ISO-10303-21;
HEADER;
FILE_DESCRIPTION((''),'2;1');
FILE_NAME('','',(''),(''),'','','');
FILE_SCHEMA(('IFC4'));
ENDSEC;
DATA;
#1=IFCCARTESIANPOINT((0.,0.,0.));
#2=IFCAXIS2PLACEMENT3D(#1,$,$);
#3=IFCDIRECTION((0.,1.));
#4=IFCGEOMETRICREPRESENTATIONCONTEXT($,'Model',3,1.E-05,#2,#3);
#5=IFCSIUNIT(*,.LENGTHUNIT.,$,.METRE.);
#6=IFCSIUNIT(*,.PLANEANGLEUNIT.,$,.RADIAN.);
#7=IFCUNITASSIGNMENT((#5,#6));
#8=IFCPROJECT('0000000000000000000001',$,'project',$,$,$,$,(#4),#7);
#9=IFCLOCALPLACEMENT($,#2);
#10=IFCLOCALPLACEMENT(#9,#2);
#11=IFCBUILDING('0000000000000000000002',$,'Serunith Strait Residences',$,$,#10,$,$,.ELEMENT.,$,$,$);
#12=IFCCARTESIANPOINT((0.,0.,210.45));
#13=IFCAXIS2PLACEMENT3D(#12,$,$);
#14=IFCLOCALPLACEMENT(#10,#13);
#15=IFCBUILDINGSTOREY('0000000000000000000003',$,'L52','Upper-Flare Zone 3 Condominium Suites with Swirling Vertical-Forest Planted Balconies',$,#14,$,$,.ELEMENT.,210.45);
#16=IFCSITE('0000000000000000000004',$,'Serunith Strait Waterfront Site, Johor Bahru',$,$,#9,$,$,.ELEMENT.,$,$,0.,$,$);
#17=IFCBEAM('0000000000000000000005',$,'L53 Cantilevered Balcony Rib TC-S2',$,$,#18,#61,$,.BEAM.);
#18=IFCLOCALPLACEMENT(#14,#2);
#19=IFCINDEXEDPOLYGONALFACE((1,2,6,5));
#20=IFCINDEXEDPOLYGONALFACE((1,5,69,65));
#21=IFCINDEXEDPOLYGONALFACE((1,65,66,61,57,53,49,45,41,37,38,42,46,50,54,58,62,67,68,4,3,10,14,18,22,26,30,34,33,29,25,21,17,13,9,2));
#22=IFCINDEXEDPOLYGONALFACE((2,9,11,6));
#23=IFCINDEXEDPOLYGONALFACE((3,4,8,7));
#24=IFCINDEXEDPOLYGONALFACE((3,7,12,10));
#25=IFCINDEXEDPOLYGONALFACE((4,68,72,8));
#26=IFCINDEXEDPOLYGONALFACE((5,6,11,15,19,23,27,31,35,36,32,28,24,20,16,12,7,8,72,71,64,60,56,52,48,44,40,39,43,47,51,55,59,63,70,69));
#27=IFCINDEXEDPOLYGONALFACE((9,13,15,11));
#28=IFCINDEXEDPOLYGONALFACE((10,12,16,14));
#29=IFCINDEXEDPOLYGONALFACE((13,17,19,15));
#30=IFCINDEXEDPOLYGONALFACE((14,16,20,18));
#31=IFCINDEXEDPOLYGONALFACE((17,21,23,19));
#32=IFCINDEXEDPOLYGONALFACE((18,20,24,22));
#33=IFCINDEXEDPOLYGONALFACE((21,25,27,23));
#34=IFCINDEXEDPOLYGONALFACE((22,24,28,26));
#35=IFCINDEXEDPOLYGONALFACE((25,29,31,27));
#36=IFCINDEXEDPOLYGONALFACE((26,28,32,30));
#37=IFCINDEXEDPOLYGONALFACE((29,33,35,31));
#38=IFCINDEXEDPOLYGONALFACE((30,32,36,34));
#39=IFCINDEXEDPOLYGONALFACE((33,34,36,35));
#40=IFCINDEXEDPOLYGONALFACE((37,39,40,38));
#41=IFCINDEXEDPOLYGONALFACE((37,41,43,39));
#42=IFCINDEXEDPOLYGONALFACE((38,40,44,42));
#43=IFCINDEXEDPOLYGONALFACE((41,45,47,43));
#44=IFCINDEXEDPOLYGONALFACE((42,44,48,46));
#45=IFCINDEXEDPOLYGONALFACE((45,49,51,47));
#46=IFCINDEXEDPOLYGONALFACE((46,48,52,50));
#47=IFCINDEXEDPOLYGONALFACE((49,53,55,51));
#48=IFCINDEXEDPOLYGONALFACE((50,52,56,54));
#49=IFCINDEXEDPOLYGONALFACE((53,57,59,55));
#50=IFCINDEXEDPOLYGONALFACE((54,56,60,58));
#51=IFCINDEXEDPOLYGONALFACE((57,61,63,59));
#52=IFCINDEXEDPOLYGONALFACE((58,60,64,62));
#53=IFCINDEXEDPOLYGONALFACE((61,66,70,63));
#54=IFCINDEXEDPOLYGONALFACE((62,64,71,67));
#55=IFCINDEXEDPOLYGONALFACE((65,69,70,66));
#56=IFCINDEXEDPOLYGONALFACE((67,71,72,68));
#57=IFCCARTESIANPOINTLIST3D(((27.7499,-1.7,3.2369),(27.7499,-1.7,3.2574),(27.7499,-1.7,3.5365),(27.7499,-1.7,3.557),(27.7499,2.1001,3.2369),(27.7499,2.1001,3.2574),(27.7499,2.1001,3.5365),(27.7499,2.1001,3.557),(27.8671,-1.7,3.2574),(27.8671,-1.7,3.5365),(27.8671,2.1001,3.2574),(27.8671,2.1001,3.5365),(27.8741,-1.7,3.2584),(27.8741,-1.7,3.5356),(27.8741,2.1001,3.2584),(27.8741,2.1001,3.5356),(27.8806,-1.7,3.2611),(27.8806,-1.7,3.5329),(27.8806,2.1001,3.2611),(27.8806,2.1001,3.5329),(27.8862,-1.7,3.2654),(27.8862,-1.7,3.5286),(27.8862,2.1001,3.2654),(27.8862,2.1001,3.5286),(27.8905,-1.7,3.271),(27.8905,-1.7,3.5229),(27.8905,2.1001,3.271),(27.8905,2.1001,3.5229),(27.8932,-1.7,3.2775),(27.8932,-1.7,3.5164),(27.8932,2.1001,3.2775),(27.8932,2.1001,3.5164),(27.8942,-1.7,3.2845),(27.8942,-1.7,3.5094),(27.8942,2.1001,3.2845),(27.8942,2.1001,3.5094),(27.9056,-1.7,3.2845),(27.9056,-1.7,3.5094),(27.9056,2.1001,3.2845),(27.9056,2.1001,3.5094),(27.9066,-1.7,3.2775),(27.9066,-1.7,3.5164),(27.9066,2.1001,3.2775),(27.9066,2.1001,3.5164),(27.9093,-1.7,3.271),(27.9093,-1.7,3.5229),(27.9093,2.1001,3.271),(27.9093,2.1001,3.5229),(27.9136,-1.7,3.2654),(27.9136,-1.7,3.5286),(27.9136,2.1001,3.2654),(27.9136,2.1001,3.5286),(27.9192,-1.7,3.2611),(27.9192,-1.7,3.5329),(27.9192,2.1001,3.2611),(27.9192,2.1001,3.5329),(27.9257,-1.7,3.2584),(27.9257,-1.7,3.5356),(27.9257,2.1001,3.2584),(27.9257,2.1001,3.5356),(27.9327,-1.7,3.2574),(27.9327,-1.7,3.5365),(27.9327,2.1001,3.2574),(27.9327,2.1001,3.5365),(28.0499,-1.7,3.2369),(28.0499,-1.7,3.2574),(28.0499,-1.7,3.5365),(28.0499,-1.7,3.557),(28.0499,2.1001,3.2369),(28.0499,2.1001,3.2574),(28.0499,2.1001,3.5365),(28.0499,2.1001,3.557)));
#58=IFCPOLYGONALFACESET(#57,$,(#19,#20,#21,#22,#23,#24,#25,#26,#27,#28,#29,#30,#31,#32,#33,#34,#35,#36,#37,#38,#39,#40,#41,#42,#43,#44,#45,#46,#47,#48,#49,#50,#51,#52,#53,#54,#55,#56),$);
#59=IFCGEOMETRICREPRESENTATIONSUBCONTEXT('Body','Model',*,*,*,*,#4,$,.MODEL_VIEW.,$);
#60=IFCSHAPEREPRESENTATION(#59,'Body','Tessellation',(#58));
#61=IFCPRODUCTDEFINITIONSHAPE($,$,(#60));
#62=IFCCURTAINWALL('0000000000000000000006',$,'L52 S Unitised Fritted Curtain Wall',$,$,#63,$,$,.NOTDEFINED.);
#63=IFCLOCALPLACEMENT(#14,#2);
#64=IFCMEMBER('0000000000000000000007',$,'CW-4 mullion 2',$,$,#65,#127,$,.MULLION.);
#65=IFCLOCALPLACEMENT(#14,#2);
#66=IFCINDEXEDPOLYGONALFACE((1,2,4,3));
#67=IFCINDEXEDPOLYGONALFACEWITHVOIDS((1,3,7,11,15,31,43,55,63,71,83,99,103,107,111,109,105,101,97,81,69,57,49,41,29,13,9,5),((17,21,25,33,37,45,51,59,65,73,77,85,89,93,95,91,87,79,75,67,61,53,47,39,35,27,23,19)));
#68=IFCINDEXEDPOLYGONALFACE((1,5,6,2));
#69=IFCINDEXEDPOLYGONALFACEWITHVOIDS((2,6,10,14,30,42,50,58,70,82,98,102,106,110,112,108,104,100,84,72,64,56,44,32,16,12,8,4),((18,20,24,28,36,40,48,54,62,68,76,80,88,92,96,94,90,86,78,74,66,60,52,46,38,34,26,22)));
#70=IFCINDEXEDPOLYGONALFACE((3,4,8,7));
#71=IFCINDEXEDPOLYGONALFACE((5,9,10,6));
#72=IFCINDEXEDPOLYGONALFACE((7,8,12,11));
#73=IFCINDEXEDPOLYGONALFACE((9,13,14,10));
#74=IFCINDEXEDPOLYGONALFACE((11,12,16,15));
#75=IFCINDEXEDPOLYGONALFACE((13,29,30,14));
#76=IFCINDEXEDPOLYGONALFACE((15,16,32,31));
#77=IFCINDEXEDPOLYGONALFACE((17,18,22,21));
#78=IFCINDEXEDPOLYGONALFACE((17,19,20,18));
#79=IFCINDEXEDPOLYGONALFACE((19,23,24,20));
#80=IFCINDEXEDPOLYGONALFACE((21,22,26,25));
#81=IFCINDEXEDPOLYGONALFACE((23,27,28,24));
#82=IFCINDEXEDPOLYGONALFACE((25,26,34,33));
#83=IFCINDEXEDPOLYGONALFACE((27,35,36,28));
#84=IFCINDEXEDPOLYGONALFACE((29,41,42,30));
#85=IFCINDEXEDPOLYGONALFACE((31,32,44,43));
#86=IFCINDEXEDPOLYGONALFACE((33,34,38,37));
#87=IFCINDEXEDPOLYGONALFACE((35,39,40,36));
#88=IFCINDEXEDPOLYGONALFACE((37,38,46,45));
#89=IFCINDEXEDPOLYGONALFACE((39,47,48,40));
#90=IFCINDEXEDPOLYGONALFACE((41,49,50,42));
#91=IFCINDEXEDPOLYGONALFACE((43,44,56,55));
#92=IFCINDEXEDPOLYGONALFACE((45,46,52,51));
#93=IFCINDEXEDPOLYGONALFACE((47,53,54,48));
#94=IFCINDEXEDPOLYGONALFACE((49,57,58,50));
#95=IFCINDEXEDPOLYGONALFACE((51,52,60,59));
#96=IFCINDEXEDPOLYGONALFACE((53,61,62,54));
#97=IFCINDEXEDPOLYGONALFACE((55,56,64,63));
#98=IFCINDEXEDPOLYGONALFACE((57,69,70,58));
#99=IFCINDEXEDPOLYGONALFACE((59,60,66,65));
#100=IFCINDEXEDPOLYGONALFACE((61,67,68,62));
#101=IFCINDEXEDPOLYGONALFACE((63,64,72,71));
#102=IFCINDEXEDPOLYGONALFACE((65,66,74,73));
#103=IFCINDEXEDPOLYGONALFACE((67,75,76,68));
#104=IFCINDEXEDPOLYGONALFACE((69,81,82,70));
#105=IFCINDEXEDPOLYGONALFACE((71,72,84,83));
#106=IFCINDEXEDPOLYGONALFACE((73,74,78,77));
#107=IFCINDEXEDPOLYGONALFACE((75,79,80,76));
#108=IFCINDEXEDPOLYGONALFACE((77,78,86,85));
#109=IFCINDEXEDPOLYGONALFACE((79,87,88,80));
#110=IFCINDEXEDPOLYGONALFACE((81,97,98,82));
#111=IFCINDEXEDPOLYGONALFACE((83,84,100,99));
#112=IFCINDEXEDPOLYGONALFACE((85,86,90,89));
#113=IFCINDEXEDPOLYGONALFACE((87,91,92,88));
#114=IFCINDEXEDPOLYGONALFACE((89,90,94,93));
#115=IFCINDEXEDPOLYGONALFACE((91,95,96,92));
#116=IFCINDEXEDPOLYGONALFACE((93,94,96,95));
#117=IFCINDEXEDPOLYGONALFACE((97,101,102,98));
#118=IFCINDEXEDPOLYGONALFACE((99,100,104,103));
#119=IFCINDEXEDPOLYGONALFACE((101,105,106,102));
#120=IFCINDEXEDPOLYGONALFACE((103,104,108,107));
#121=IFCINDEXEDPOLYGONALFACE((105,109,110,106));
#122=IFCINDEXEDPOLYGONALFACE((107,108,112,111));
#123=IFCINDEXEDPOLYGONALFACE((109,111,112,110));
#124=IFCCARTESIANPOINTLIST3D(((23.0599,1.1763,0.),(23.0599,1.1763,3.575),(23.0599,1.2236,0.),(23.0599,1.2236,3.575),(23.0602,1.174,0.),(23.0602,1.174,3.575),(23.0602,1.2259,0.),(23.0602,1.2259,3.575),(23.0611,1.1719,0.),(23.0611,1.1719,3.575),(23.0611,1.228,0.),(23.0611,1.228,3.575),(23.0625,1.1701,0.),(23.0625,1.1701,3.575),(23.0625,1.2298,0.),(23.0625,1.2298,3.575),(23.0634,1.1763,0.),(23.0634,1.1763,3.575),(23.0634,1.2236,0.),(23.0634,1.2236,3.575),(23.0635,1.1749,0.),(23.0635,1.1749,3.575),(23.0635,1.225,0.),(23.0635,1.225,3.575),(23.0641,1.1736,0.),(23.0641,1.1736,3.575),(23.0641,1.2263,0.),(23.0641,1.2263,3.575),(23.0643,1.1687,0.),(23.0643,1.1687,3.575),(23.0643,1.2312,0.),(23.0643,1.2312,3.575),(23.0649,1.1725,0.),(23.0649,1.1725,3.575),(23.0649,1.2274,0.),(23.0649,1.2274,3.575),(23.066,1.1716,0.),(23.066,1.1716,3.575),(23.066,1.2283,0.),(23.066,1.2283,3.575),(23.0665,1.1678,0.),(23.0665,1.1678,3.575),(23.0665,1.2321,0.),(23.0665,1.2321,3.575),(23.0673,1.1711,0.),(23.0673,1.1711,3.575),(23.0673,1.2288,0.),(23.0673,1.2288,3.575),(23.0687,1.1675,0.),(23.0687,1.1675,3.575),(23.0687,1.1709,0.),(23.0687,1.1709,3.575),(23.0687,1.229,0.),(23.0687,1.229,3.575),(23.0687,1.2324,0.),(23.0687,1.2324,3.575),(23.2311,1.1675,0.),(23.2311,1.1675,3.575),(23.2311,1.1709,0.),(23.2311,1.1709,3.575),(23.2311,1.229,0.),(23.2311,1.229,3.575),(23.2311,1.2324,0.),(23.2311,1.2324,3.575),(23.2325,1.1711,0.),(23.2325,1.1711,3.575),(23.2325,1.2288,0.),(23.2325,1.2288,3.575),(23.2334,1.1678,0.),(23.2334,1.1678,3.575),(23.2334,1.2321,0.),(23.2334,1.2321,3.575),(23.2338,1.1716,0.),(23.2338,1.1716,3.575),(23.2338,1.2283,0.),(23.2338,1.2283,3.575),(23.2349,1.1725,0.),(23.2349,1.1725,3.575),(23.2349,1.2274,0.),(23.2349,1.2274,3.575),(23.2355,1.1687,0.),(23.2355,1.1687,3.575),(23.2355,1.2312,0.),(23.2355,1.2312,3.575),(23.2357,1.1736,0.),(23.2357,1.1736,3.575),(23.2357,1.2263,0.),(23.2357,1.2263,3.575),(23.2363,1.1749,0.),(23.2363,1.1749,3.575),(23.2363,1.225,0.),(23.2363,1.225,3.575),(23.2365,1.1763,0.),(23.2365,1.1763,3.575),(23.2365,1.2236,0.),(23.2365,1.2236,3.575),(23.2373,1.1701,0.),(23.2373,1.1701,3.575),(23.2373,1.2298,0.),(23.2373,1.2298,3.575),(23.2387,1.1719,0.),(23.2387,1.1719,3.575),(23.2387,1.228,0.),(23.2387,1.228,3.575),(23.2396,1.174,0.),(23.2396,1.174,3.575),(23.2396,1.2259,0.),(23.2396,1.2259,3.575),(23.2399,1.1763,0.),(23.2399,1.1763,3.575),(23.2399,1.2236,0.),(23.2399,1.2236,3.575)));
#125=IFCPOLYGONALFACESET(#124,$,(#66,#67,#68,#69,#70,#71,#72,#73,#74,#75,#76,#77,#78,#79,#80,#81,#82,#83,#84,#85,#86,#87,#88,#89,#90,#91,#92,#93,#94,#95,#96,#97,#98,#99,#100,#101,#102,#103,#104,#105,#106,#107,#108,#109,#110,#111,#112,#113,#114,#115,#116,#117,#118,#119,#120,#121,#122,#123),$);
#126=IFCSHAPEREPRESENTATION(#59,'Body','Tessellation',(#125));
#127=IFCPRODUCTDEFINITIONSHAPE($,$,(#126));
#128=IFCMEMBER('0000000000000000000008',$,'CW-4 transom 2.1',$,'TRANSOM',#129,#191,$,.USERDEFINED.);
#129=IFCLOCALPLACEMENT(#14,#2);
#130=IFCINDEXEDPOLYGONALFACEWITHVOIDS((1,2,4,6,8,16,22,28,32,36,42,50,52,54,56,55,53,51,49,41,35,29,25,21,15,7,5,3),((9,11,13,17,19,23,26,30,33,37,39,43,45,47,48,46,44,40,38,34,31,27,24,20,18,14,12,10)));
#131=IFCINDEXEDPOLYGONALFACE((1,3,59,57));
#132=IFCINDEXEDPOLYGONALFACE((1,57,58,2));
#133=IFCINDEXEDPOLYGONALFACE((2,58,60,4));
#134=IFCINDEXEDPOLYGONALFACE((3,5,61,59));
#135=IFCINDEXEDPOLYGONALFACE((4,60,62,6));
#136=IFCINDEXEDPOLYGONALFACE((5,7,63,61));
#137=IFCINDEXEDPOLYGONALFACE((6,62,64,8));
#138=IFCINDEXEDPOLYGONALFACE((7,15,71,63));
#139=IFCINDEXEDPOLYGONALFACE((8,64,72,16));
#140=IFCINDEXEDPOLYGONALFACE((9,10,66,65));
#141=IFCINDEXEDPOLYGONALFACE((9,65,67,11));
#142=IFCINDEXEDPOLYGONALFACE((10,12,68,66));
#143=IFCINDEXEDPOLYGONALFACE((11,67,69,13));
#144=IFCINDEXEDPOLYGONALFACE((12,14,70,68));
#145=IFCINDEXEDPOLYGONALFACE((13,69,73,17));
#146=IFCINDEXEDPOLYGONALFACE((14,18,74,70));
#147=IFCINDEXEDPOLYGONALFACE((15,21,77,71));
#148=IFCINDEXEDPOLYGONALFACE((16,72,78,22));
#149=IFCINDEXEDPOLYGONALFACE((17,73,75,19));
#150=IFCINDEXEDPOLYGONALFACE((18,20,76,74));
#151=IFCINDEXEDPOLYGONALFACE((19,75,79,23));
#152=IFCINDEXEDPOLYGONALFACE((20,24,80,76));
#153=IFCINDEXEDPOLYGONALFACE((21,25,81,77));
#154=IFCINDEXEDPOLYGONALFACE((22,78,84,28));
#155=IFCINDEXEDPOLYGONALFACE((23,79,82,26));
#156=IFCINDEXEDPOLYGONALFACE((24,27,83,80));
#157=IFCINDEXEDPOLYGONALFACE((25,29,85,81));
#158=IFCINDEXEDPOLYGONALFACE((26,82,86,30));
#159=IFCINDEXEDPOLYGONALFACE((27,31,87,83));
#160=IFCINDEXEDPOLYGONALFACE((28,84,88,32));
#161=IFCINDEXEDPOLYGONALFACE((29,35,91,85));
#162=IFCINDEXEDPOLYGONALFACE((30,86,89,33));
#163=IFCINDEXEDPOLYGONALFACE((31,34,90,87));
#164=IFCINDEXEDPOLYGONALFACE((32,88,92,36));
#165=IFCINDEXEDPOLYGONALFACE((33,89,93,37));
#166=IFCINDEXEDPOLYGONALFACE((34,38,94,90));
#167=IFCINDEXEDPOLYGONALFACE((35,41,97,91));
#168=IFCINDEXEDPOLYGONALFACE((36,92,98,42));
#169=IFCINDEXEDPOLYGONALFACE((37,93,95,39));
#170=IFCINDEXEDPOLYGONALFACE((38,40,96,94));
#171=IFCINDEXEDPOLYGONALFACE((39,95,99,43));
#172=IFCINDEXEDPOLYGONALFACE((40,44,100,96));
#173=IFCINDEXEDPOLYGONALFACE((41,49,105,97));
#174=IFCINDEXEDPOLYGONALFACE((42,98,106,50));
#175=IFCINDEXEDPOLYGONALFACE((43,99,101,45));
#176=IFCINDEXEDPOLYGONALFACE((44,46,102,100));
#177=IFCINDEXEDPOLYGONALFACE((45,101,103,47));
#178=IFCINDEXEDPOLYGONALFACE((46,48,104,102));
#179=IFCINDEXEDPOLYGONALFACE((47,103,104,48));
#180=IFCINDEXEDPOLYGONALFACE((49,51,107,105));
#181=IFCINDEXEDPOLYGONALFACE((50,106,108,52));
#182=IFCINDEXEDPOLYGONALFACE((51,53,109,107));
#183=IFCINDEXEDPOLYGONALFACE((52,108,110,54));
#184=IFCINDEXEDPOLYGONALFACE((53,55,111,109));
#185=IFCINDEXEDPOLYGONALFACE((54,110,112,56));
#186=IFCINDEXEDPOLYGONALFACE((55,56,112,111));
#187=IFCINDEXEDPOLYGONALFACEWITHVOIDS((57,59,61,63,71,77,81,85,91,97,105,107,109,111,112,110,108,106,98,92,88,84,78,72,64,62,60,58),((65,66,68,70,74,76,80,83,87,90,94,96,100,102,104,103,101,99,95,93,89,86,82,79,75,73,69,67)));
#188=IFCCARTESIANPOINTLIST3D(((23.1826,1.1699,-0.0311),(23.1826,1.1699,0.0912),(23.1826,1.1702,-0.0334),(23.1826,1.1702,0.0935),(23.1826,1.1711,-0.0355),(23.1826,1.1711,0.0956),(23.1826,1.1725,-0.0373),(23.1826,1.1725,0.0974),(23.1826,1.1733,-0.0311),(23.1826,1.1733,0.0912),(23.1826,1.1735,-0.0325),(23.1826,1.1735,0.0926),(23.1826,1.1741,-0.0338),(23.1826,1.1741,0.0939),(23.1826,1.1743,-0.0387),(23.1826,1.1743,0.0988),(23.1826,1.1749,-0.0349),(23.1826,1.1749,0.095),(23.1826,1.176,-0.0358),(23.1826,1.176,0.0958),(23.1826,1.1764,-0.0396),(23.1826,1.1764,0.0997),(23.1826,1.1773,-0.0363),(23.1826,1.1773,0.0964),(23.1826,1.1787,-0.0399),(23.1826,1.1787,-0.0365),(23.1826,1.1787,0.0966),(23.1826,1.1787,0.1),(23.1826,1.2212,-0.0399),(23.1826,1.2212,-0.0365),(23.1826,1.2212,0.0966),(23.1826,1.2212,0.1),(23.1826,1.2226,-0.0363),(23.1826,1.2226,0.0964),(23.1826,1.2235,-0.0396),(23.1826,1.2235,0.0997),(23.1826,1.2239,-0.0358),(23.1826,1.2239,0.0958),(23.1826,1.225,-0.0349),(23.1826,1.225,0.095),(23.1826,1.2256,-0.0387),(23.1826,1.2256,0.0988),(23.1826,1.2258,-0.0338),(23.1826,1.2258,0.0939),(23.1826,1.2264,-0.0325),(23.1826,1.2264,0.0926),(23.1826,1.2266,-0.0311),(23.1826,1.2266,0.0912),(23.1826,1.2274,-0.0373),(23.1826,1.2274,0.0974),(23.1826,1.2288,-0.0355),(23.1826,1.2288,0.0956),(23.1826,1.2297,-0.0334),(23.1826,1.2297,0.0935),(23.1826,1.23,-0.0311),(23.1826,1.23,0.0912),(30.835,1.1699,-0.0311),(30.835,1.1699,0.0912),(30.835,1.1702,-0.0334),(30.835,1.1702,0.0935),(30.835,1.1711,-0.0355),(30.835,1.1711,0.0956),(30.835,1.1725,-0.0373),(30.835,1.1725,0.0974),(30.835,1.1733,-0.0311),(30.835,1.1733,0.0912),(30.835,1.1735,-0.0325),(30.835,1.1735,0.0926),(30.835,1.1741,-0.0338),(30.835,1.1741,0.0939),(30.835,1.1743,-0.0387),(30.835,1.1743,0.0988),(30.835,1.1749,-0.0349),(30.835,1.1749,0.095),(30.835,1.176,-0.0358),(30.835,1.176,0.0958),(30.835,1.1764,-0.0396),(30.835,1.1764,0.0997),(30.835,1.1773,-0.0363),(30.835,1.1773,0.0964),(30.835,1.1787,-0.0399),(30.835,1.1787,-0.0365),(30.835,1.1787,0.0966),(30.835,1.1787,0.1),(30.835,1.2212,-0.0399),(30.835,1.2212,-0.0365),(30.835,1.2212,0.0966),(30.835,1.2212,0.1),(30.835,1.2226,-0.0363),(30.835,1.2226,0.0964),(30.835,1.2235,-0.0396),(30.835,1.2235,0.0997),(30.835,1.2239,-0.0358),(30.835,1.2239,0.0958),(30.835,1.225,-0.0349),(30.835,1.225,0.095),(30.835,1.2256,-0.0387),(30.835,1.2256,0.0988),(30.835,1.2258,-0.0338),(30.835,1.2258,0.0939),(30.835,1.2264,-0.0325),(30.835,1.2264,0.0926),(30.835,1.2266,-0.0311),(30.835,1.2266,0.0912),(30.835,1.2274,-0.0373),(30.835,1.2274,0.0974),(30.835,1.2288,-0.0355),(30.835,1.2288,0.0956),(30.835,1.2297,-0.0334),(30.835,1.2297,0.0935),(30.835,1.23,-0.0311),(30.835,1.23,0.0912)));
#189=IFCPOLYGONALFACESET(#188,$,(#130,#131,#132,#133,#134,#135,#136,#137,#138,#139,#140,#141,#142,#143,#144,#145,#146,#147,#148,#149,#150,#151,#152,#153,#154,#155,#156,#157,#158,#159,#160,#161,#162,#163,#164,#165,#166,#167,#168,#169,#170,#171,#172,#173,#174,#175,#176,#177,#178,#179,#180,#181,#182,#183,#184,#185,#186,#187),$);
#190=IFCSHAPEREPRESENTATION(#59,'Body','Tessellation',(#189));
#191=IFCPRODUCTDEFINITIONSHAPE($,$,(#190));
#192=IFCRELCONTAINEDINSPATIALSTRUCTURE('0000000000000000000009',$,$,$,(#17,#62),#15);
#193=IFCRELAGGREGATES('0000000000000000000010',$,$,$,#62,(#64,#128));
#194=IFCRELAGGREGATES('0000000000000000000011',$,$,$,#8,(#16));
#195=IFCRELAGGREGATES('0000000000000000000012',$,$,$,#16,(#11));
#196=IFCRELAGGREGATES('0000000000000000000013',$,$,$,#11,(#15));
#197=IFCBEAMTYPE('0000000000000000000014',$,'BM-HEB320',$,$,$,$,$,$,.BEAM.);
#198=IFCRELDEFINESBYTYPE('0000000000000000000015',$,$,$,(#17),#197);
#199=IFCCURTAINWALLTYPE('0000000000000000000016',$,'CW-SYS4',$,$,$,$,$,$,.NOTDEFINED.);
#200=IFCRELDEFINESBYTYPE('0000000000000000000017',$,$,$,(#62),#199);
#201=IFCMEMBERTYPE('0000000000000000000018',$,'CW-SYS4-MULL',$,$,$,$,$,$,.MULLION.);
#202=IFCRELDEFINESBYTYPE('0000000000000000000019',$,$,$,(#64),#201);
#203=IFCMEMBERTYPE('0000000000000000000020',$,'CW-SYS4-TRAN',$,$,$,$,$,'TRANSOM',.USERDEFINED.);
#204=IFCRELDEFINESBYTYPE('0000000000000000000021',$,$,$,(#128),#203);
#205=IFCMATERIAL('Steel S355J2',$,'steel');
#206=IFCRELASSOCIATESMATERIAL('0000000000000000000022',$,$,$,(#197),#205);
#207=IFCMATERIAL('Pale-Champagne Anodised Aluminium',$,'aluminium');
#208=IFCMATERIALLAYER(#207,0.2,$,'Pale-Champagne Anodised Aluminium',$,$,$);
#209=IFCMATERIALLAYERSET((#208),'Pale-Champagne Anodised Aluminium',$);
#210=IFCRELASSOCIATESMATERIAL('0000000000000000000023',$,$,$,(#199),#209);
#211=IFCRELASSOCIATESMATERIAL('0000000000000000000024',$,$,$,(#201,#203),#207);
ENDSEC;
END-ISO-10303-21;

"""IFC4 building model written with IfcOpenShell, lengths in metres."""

from ifc_helpers import new_model, si_unit, direction, frame, origin, origin_2d, place, context, subcontext, project, spatial, hollow_rectangle, i_section, extrude, source, transform, mapped, material, layer, layer_set, material_profile, profile_set, type_object, element, aggregate, save


model = new_model("IFC4")

# Units and contexts
model_context = context("Model", 3, precision=1e-05, world=origin(), true_north=direction((0.0, 1.0)))
body_context = subcontext(model_context, "Body", "Model", "MODEL_VIEW")
ifc_project = project(units=[si_unit("LENGTHUNIT", "METRE"), si_unit("PLANEANGLEUNIT", "RADIAN")], contexts=[model_context])

# Site, building, storey
site_placement = place(None, origin())
site = spatial("IfcSite", under=ifc_project, at=site_placement, Name="Serunith Strait Waterfront Site, Johor Bahru", CompositionType="ELEMENT", RefElevation=0.0)
building_placement = place(site_placement, origin())
building = spatial("IfcBuilding", under=site, at=building_placement, Name="Serunith Strait Residences", CompositionType="ELEMENT")
storey_placement = place(building_placement, frame((0.0, 0.0, 210.45)))
storey = spatial("IfcBuildingStorey", under=building, at=storey_placement, Name="L52", Description="Upper-Flare Zone 3 Condominium Suites with Swirling Vertical-Forest Planted Balconies", CompositionType="ELEMENT", Elevation=210.45)

# Beam
ifc_material_1 = material(Name="Steel S355J2", Category="steel")
ifc_material_profile_1 = material_profile(ifc_material_1, i_section(OverallWidth=0.3, OverallDepth=0.3201, WebThickness=0.0115, FlangeThickness=0.0205, FilletRadius=0.0271, at=origin_2d()), Name="HEB 320")
ifc_profile_set_1 = profile_set([ifc_material_profile_1], Name="Steel S355J2")
beam_type_1 = type_object("IfcBeamType", Name="BM-HEB320", PredefinedType="BEAM", material=ifc_profile_set_1)
shared_shape_1 = source(origin(), body_context, "Body", "SweptSolid", [
    extrude(i_section(OverallWidth=0.3, OverallDepth=0.3201, WebThickness=0.0115, FlangeThickness=0.0205, FilletRadius=0.0271, at=origin_2d()), origin(), (0.0, 0.0, 1.0), 3.8),
])
beam_1_placement = place(storey_placement, frame((27.8999, 2.1001, 3.397), z_axis=(0.0, -1.0, 0.0), x_axis=(1.0, 0.0, 0.0)))
element("IfcBeam", 1, at=beam_1_placement, inside=storey, type_object=beam_type_1, Name="L53 Cantilevered Balcony Rib TC-S2", PredefinedType="BEAM", context=body_context, shape_type="MappedRepresentation", body=[
    mapped(shared_shape_1, transform((0.0, 0.0, 0.0), scale=1.0)),
])

# Curtain wall, members
ifc_material_2 = material(Name="Pale-Champagne Anodised Aluminium", Category="aluminium")
ifc_layer_1 = layer(ifc_material_2, 0.2, Name="Pale-Champagne Anodised Aluminium")
ifc_layer_set_1 = layer_set([ifc_layer_1], Name="Pale-Champagne Anodised Aluminium")
curtain_wall_type = type_object("IfcCurtainWallType", Name="CW-SYS4", PredefinedType="NOTDEFINED", material=ifc_layer_set_1)
curtain_wall_placement = place(storey_placement, origin())
curtain_wall = element("IfcCurtainWall", 2, at=curtain_wall_placement, inside=storey, type_object=curtain_wall_type, Name="L52 S Unitised Fritted Curtain Wall", PredefinedType="NOTDEFINED")
ifc_material_profile_2 = material_profile(ifc_material_2, hollow_rectangle(XDim=0.0649, YDim=0.1799, WallThickness=0.0034, InnerFilletRadius=0.0054, OuterFilletRadius=0.0088, at=origin_2d()), Name="ALU 180x65x3.5")
ifc_profile_set_2 = profile_set([ifc_material_profile_2], Name="Pale-Champagne Anodised Aluminium")
member_type_1 = type_object("IfcMemberType", Name="CW-SYS4-MULL", PredefinedType="MULLION", material=ifc_profile_set_2)
shared_shape_2 = source(origin(), body_context, "Body", "SweptSolid", [
    extrude(hollow_rectangle(XDim=0.0649, YDim=0.1799, WallThickness=0.0034, InnerFilletRadius=0.0054, OuterFilletRadius=0.0088, at=origin_2d()), origin(), (0.0, 0.0, 1.0), 3.575),
])
member_1_placement = place(storey_placement, frame((23.1499, 1.2, 0.0), z_axis=(0.0, 0.0, 1.0), x_axis=(0.0, 1.0, 0.0)))
member_1 = element("IfcMember", 3, at=member_1_placement, type_object=member_type_1, Name="CW-4 mullion 2", PredefinedType="MULLION", context=body_context, shape_type="MappedRepresentation", body=[
    mapped(shared_shape_2, transform((0.0, 0.0, 0.0), scale=1.0)),
])
ifc_material_profile_3 = material_profile(ifc_material_2, hollow_rectangle(XDim=0.0601, YDim=0.1399, WallThickness=0.0034, InnerFilletRadius=0.0054, OuterFilletRadius=0.0088, at=origin_2d()), Name="ALU 140x60x3.5")
ifc_profile_set_3 = profile_set([ifc_material_profile_3], Name="Pale-Champagne Anodised Aluminium")
member_type_2 = type_object("IfcMemberType", Name="CW-SYS4-TRAN", ElementType="TRANSOM", PredefinedType="USERDEFINED", material=ifc_profile_set_3)
shared_shape_3 = source(origin(), body_context, "Body", "SweptSolid", [
    extrude(hollow_rectangle(XDim=0.0601, YDim=0.1399, WallThickness=0.0034, InnerFilletRadius=0.0054, OuterFilletRadius=0.0088, at=origin_2d()), origin(), (0.0, 0.0, 1.0), 7.6523),
])
member_2_placement = place(storey_placement, frame((23.1826, 1.2, 0.03), z_axis=(1.0, 0.0, 0.0), x_axis=(0.0, 1.0, 0.0)))
member_2 = element("IfcMember", 4, at=member_2_placement, type_object=member_type_2, Name="CW-4 transom 2.1", ObjectType="TRANSOM", PredefinedType="USERDEFINED", context=body_context, shape_type="MappedRepresentation", body=[
    mapped(shared_shape_3, transform((0.0, 0.0, 0.0), scale=1.0)),
])
aggregate(curtain_wall, [member_1, member_2])

save(model, "model.ifc")
